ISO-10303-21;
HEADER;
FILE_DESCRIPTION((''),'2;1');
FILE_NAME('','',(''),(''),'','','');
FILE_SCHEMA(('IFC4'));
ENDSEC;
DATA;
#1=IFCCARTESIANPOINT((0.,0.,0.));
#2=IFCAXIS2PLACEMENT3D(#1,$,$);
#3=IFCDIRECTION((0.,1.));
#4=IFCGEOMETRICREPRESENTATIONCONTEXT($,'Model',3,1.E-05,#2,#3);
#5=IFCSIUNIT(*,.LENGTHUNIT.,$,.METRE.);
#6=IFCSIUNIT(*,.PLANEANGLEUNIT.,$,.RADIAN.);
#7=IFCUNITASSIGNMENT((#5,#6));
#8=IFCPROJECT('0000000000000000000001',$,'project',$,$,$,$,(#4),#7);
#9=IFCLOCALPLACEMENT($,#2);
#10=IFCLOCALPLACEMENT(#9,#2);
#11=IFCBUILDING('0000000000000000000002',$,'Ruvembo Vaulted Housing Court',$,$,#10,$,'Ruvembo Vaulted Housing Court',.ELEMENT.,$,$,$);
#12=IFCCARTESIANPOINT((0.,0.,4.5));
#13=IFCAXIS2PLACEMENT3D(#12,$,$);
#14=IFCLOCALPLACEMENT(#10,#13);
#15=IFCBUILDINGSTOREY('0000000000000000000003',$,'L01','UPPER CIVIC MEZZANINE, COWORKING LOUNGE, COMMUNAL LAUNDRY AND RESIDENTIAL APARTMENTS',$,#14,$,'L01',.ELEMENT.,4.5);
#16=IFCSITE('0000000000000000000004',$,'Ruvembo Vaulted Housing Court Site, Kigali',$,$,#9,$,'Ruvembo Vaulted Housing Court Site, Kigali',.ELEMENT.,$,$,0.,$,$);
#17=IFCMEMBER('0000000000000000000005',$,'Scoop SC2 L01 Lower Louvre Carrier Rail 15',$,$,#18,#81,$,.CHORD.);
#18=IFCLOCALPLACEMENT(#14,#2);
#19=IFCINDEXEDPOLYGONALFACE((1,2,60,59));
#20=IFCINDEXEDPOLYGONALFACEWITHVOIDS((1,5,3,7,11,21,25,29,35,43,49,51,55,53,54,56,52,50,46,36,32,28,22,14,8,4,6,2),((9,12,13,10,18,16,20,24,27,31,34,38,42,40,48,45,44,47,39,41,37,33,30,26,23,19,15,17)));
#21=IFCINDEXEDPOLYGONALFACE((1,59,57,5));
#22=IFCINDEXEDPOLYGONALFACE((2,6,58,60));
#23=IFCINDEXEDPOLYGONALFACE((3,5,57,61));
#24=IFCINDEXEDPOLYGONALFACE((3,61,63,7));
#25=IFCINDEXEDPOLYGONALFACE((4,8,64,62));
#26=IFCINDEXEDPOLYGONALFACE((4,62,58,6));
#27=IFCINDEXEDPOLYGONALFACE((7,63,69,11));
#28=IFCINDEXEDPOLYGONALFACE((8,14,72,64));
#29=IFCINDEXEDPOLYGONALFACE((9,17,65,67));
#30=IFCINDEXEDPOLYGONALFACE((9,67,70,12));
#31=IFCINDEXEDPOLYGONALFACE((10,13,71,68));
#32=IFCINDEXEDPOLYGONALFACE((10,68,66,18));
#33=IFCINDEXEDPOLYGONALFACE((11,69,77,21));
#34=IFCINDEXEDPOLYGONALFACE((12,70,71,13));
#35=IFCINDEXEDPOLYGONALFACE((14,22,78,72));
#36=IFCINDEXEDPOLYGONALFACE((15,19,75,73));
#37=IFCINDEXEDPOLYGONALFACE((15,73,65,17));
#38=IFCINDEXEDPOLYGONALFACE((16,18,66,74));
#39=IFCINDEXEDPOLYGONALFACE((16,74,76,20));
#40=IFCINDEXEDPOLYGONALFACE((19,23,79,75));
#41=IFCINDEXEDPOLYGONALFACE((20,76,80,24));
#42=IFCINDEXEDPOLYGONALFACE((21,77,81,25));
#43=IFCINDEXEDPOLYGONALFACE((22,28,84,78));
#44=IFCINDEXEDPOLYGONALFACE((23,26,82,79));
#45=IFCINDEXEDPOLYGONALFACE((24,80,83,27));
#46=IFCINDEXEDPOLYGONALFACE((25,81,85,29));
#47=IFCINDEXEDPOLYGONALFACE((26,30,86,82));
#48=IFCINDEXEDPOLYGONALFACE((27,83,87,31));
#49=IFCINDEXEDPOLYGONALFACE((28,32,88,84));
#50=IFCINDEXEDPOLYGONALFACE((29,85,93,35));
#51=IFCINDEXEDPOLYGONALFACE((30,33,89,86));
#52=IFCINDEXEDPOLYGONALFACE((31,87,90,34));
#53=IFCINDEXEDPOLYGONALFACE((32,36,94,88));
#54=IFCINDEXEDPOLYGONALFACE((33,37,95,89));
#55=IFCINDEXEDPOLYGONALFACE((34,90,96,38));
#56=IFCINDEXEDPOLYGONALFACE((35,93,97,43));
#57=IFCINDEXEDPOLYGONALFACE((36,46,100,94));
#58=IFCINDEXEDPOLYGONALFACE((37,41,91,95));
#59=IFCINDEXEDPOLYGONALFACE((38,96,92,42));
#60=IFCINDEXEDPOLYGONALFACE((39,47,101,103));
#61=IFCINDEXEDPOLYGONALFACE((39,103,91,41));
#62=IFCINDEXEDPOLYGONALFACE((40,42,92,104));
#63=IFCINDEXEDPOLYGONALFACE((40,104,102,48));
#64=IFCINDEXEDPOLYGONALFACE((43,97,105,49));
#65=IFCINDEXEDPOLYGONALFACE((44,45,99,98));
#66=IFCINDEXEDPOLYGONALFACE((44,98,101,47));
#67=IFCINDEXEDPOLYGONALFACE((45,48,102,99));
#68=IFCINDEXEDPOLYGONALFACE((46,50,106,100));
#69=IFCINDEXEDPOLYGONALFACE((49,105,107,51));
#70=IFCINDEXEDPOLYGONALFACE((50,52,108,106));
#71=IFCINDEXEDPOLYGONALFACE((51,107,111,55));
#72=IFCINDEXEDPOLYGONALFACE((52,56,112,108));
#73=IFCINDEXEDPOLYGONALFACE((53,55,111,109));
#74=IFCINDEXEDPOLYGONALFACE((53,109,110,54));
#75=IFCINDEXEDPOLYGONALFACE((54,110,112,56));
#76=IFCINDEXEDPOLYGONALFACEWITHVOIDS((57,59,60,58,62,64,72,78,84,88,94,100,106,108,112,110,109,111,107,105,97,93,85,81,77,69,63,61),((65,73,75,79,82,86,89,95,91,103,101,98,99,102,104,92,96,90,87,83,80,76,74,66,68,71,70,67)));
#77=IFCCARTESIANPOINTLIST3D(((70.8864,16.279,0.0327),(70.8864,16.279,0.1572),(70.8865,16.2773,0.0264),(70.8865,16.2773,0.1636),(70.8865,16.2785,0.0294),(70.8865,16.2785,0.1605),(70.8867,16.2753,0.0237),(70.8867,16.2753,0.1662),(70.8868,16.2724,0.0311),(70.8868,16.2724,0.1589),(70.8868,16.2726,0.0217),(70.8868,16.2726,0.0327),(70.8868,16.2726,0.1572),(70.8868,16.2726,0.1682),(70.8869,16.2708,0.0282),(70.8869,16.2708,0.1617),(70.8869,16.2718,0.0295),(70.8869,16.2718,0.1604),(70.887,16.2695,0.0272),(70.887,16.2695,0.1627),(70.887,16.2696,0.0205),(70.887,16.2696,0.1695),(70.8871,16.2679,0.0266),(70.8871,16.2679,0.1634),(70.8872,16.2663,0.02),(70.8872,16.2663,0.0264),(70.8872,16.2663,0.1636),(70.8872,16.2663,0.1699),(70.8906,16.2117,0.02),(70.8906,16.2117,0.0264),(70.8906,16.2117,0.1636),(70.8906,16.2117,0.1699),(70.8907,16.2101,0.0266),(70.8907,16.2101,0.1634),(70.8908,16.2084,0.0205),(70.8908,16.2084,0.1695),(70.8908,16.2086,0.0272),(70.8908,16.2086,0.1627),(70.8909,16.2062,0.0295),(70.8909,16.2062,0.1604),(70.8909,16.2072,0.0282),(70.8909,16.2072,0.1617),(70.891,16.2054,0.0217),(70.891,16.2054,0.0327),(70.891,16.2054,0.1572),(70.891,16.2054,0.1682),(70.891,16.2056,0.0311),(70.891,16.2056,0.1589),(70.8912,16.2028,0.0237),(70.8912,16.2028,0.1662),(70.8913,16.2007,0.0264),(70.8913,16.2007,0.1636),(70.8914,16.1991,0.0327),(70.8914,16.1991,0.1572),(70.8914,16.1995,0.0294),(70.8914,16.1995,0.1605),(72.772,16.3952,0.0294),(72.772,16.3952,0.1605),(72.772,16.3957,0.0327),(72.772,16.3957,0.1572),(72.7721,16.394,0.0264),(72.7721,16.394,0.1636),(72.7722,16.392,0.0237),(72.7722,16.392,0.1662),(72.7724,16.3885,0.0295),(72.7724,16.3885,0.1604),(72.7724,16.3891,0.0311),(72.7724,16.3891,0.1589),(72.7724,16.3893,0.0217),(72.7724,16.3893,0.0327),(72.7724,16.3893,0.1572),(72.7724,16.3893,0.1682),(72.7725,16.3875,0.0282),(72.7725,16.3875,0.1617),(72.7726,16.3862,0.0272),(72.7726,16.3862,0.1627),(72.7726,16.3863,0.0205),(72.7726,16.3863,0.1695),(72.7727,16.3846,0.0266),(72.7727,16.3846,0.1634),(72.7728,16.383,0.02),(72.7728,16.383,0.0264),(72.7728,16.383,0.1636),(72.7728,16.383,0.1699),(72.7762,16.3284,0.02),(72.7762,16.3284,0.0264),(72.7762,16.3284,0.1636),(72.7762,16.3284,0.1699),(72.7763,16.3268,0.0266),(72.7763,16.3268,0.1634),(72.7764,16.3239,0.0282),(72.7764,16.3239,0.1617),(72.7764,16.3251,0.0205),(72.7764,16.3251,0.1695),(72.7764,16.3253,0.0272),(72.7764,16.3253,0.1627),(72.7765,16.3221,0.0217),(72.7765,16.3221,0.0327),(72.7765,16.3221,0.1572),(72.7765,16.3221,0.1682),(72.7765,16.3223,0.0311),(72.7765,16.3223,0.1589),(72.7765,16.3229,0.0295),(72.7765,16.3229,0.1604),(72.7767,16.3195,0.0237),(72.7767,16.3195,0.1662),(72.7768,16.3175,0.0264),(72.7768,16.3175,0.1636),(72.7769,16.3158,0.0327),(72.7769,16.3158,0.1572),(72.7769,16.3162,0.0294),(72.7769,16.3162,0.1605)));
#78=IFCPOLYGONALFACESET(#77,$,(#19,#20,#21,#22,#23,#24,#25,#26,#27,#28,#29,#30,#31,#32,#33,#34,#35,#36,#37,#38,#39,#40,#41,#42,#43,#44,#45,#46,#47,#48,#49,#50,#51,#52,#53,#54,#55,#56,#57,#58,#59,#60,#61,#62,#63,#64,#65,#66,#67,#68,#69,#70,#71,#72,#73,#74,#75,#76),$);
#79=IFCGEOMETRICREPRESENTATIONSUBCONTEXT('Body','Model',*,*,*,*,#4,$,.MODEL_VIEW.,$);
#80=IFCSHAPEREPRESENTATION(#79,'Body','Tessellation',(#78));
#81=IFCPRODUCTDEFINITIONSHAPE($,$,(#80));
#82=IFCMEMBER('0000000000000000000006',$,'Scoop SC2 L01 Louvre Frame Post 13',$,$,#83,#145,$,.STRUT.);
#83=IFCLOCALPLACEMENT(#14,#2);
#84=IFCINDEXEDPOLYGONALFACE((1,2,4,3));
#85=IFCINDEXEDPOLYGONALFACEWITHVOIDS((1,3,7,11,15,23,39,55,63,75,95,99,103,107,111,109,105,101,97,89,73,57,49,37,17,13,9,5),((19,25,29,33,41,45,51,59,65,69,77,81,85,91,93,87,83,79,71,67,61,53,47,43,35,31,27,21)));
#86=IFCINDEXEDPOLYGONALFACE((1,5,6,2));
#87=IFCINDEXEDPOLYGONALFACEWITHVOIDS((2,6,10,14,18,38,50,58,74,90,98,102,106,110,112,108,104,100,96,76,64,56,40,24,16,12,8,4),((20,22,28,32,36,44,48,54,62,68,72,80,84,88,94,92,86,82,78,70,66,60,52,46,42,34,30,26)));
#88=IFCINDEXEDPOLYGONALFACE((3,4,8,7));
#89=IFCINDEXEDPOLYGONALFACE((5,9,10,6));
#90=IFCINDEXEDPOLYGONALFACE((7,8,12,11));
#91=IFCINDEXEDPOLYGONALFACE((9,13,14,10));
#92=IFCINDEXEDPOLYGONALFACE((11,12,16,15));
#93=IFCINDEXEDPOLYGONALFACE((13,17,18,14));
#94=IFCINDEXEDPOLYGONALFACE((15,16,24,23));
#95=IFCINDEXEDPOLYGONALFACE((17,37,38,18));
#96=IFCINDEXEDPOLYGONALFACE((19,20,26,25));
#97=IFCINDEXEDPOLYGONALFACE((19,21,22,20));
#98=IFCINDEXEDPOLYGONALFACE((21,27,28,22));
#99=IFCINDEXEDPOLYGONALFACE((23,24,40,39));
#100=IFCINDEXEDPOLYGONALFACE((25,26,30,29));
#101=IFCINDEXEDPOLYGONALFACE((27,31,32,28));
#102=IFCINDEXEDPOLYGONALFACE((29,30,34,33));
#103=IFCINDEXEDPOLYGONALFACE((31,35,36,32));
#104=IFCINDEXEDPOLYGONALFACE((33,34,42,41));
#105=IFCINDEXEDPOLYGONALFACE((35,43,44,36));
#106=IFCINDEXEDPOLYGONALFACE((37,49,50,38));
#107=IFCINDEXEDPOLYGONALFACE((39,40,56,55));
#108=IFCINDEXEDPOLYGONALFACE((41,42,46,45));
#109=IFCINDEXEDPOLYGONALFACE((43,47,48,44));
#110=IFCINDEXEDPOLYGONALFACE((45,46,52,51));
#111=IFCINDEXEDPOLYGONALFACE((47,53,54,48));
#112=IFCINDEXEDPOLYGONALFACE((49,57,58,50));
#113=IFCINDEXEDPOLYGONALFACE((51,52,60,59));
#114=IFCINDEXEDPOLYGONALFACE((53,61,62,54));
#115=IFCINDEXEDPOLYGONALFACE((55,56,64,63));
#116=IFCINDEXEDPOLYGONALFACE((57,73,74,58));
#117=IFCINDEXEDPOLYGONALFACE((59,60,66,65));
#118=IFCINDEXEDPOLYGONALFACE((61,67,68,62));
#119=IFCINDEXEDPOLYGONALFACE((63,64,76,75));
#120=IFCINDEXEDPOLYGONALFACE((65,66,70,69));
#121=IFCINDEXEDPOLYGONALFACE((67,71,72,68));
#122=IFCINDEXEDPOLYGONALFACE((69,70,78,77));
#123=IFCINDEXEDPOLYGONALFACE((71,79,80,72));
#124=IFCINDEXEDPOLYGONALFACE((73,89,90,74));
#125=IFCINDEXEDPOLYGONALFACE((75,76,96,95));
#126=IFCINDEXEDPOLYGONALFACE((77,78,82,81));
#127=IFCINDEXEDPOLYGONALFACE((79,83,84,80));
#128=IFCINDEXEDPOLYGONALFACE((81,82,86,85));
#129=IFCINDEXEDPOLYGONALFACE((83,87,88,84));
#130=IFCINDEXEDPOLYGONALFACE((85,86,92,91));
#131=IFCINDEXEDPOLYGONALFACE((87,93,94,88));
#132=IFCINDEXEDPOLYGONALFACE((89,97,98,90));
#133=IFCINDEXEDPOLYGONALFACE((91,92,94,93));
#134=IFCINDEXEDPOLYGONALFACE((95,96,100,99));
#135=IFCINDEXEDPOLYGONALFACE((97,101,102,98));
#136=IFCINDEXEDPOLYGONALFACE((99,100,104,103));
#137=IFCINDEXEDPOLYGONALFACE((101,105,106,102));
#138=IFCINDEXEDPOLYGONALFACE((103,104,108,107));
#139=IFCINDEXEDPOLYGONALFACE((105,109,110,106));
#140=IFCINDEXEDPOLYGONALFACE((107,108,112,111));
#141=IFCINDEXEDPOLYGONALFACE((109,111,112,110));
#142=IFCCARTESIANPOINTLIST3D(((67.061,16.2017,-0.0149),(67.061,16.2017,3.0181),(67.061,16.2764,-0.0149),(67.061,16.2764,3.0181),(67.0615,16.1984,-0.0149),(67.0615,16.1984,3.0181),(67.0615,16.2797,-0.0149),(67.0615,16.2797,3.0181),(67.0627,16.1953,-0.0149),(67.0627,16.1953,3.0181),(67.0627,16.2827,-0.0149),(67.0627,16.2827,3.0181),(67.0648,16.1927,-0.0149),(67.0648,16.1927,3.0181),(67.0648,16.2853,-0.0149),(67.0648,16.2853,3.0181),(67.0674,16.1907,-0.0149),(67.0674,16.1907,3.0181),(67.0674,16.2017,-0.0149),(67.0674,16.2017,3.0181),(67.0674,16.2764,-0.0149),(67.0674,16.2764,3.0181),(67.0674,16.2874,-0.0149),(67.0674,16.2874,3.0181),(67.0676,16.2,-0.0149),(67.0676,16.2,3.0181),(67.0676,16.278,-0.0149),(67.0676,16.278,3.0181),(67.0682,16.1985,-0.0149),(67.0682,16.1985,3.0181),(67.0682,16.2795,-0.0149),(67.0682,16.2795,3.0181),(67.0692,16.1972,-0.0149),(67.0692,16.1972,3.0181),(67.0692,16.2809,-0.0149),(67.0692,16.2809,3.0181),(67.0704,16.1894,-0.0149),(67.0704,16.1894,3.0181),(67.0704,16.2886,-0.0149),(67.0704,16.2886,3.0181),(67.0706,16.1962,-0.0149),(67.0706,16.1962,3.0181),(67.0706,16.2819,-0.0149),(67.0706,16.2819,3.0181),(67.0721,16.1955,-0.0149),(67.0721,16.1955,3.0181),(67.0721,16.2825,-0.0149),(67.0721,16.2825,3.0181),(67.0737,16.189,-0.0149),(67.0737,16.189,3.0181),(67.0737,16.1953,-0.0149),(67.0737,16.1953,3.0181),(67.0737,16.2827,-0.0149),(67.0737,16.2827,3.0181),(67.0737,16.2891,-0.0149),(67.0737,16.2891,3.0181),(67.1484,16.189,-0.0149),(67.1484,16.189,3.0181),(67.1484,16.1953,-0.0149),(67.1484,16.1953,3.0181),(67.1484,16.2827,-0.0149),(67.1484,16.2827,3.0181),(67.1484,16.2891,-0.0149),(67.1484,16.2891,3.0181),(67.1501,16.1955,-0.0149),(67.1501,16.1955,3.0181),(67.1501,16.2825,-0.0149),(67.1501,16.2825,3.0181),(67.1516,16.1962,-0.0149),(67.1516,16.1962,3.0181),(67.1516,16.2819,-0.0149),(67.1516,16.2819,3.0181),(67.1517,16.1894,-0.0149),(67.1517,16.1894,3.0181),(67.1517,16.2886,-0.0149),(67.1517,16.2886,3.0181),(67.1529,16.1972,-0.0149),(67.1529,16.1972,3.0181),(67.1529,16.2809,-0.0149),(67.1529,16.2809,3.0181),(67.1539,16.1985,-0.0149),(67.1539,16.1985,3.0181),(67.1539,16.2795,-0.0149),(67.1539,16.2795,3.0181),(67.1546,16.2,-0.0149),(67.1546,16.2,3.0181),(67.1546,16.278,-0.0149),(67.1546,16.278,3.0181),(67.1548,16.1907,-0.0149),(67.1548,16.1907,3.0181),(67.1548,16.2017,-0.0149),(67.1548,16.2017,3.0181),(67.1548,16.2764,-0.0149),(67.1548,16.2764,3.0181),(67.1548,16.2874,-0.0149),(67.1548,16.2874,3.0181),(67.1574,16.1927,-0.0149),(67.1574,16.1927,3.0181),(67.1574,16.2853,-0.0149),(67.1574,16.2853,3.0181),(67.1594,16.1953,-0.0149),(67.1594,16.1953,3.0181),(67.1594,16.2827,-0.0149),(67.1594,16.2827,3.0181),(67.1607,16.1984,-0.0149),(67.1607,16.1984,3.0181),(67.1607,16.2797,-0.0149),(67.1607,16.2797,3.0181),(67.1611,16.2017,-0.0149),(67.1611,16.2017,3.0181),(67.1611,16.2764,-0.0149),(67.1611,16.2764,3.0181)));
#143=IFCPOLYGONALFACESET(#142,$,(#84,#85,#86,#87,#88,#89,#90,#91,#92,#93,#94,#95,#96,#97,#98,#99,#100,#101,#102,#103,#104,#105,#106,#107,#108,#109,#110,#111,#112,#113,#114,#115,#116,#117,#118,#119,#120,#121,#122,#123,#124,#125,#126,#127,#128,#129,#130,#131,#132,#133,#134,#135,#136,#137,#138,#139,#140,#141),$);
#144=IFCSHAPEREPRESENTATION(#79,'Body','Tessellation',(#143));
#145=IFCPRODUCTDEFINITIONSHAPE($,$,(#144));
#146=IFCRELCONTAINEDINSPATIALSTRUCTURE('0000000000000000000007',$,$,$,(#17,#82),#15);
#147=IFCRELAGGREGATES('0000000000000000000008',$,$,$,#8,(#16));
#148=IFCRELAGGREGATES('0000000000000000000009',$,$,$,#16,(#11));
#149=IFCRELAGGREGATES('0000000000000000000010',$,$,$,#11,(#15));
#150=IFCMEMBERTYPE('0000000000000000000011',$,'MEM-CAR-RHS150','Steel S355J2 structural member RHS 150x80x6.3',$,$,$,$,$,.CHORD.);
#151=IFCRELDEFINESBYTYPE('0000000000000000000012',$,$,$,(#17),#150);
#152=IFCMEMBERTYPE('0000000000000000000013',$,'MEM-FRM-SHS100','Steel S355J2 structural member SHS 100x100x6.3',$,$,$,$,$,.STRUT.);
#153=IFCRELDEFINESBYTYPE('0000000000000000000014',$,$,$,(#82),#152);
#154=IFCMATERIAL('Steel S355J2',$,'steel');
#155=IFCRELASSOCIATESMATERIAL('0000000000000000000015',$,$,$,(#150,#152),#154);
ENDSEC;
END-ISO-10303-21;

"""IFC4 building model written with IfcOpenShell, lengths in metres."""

from ifc_helpers import new_model, si_unit, direction, frame, origin, origin_2d, place, context, subcontext, project, spatial, hollow_rectangle, extrude, material, material_profile, profile_set, type_object, element, save


model = new_model("IFC4")

# Units and contexts
model_context = context("Model", 3, precision=1e-05, world=origin(), true_north=direction((0.0, 1.0)))
body_context = subcontext(model_context, "Body", "Model", "MODEL_VIEW")
ifc_project = project(units=[si_unit("LENGTHUNIT", "METRE"), si_unit("PLANEANGLEUNIT", "RADIAN")], contexts=[model_context])

# Site, building, storey
site_placement = place(None, origin())
site = spatial("IfcSite", under=ifc_project, at=site_placement, Name="Ruvembo Vaulted Housing Court Site, Kigali", LongName="Ruvembo Vaulted Housing Court Site, Kigali", CompositionType="ELEMENT", RefElevation=0.0)
building_placement = place(site_placement, origin())
building = spatial("IfcBuilding", under=site, at=building_placement, Name="Ruvembo Vaulted Housing Court", LongName="Ruvembo Vaulted Housing Court", CompositionType="ELEMENT")
storey_placement = place(building_placement, frame((0.0, 0.0, 4.5)))
storey = spatial("IfcBuildingStorey", under=building, at=storey_placement, Name="L01", Description="UPPER CIVIC MEZZANINE, COWORKING LOUNGE, COMMUNAL LAUNDRY AND RESIDENTIAL APARTMENTS", LongName="L01", CompositionType="ELEMENT", Elevation=4.5)

# Shared definitions
ifc_material_1 = material(Name="Steel S355J2", Category="steel")

# Members
ifc_material_profile_1 = material_profile(ifc_material_1, hollow_rectangle(XDim=0.0801, YDim=0.1499, WallThickness=0.0063, InnerFilletRadius=0.0063, OuterFilletRadius=0.0127, at=origin_2d()), Name="RHS 150x80x6.3")
ifc_profile_set_1 = profile_set([ifc_material_profile_1], Name="Steel S355J2")
member_type_1 = type_object("IfcMemberType", Name="MEM-CAR-RHS150", Description="Steel S355J2 structural member RHS 150x80x6.3", PredefinedType="CHORD", material=ifc_profile_set_1)
member_1_placement = place(storey_placement, frame((70.8889, 16.239, 0.095), z_axis=(0.99809, 0.061775, 0.0), x_axis=(-0.061775, 0.99809, 0.0)))
element("IfcMember", 1, at=member_1_placement, inside=storey, type_object=member_type_1, Name="Scoop SC2 L01 Lower Louvre Carrier Rail 15", PredefinedType="CHORD", context=body_context, shape_type="SweptSolid", body=[
    extrude(hollow_rectangle(XDim=0.0801, YDim=0.1499, WallThickness=0.0063, InnerFilletRadius=0.0063, OuterFilletRadius=0.0127, at=origin_2d()), origin(), (0.0, 0.0, 1.0), 1.8892),
])
ifc_material_profile_2 = material_profile(ifc_material_1, hollow_rectangle(XDim=0.1001, YDim=0.1001, WallThickness=0.0063, InnerFilletRadius=0.0063, OuterFilletRadius=0.0127, at=origin_2d()), Name="SHS 100x100x6.3")
ifc_profile_set_2 = profile_set([ifc_material_profile_2], Name="Steel S355J2")
member_type_2 = type_object("IfcMemberType", Name="MEM-FRM-SHS100", Description="Steel S355J2 structural member SHS 100x100x6.3", PredefinedType="STRUT", material=ifc_profile_set_2)
for number, where, z_axis, x_axis, name in (
    (2, (67.1111, 16.239, -0.0149), (0.0, 0.0, 1.0), (1.0, 0.0, 0.0), "Scoop SC2 L01 Louvre Frame Post 13"),
):
    element("IfcMember", number, at=place(storey_placement, frame(where, z_axis=z_axis, x_axis=x_axis)), inside=storey, type_object=member_type_2, Name=name, PredefinedType="STRUT", context=body_context, shape_type="SweptSolid", body=[
        extrude(hollow_rectangle(XDim=0.1001, YDim=0.1001, WallThickness=0.0063, InnerFilletRadius=0.0063, OuterFilletRadius=0.0127, at=origin_2d()), origin(), (0.0, 0.0, 1.0), 3.033),
    ])

save(model, "model.ifc")
